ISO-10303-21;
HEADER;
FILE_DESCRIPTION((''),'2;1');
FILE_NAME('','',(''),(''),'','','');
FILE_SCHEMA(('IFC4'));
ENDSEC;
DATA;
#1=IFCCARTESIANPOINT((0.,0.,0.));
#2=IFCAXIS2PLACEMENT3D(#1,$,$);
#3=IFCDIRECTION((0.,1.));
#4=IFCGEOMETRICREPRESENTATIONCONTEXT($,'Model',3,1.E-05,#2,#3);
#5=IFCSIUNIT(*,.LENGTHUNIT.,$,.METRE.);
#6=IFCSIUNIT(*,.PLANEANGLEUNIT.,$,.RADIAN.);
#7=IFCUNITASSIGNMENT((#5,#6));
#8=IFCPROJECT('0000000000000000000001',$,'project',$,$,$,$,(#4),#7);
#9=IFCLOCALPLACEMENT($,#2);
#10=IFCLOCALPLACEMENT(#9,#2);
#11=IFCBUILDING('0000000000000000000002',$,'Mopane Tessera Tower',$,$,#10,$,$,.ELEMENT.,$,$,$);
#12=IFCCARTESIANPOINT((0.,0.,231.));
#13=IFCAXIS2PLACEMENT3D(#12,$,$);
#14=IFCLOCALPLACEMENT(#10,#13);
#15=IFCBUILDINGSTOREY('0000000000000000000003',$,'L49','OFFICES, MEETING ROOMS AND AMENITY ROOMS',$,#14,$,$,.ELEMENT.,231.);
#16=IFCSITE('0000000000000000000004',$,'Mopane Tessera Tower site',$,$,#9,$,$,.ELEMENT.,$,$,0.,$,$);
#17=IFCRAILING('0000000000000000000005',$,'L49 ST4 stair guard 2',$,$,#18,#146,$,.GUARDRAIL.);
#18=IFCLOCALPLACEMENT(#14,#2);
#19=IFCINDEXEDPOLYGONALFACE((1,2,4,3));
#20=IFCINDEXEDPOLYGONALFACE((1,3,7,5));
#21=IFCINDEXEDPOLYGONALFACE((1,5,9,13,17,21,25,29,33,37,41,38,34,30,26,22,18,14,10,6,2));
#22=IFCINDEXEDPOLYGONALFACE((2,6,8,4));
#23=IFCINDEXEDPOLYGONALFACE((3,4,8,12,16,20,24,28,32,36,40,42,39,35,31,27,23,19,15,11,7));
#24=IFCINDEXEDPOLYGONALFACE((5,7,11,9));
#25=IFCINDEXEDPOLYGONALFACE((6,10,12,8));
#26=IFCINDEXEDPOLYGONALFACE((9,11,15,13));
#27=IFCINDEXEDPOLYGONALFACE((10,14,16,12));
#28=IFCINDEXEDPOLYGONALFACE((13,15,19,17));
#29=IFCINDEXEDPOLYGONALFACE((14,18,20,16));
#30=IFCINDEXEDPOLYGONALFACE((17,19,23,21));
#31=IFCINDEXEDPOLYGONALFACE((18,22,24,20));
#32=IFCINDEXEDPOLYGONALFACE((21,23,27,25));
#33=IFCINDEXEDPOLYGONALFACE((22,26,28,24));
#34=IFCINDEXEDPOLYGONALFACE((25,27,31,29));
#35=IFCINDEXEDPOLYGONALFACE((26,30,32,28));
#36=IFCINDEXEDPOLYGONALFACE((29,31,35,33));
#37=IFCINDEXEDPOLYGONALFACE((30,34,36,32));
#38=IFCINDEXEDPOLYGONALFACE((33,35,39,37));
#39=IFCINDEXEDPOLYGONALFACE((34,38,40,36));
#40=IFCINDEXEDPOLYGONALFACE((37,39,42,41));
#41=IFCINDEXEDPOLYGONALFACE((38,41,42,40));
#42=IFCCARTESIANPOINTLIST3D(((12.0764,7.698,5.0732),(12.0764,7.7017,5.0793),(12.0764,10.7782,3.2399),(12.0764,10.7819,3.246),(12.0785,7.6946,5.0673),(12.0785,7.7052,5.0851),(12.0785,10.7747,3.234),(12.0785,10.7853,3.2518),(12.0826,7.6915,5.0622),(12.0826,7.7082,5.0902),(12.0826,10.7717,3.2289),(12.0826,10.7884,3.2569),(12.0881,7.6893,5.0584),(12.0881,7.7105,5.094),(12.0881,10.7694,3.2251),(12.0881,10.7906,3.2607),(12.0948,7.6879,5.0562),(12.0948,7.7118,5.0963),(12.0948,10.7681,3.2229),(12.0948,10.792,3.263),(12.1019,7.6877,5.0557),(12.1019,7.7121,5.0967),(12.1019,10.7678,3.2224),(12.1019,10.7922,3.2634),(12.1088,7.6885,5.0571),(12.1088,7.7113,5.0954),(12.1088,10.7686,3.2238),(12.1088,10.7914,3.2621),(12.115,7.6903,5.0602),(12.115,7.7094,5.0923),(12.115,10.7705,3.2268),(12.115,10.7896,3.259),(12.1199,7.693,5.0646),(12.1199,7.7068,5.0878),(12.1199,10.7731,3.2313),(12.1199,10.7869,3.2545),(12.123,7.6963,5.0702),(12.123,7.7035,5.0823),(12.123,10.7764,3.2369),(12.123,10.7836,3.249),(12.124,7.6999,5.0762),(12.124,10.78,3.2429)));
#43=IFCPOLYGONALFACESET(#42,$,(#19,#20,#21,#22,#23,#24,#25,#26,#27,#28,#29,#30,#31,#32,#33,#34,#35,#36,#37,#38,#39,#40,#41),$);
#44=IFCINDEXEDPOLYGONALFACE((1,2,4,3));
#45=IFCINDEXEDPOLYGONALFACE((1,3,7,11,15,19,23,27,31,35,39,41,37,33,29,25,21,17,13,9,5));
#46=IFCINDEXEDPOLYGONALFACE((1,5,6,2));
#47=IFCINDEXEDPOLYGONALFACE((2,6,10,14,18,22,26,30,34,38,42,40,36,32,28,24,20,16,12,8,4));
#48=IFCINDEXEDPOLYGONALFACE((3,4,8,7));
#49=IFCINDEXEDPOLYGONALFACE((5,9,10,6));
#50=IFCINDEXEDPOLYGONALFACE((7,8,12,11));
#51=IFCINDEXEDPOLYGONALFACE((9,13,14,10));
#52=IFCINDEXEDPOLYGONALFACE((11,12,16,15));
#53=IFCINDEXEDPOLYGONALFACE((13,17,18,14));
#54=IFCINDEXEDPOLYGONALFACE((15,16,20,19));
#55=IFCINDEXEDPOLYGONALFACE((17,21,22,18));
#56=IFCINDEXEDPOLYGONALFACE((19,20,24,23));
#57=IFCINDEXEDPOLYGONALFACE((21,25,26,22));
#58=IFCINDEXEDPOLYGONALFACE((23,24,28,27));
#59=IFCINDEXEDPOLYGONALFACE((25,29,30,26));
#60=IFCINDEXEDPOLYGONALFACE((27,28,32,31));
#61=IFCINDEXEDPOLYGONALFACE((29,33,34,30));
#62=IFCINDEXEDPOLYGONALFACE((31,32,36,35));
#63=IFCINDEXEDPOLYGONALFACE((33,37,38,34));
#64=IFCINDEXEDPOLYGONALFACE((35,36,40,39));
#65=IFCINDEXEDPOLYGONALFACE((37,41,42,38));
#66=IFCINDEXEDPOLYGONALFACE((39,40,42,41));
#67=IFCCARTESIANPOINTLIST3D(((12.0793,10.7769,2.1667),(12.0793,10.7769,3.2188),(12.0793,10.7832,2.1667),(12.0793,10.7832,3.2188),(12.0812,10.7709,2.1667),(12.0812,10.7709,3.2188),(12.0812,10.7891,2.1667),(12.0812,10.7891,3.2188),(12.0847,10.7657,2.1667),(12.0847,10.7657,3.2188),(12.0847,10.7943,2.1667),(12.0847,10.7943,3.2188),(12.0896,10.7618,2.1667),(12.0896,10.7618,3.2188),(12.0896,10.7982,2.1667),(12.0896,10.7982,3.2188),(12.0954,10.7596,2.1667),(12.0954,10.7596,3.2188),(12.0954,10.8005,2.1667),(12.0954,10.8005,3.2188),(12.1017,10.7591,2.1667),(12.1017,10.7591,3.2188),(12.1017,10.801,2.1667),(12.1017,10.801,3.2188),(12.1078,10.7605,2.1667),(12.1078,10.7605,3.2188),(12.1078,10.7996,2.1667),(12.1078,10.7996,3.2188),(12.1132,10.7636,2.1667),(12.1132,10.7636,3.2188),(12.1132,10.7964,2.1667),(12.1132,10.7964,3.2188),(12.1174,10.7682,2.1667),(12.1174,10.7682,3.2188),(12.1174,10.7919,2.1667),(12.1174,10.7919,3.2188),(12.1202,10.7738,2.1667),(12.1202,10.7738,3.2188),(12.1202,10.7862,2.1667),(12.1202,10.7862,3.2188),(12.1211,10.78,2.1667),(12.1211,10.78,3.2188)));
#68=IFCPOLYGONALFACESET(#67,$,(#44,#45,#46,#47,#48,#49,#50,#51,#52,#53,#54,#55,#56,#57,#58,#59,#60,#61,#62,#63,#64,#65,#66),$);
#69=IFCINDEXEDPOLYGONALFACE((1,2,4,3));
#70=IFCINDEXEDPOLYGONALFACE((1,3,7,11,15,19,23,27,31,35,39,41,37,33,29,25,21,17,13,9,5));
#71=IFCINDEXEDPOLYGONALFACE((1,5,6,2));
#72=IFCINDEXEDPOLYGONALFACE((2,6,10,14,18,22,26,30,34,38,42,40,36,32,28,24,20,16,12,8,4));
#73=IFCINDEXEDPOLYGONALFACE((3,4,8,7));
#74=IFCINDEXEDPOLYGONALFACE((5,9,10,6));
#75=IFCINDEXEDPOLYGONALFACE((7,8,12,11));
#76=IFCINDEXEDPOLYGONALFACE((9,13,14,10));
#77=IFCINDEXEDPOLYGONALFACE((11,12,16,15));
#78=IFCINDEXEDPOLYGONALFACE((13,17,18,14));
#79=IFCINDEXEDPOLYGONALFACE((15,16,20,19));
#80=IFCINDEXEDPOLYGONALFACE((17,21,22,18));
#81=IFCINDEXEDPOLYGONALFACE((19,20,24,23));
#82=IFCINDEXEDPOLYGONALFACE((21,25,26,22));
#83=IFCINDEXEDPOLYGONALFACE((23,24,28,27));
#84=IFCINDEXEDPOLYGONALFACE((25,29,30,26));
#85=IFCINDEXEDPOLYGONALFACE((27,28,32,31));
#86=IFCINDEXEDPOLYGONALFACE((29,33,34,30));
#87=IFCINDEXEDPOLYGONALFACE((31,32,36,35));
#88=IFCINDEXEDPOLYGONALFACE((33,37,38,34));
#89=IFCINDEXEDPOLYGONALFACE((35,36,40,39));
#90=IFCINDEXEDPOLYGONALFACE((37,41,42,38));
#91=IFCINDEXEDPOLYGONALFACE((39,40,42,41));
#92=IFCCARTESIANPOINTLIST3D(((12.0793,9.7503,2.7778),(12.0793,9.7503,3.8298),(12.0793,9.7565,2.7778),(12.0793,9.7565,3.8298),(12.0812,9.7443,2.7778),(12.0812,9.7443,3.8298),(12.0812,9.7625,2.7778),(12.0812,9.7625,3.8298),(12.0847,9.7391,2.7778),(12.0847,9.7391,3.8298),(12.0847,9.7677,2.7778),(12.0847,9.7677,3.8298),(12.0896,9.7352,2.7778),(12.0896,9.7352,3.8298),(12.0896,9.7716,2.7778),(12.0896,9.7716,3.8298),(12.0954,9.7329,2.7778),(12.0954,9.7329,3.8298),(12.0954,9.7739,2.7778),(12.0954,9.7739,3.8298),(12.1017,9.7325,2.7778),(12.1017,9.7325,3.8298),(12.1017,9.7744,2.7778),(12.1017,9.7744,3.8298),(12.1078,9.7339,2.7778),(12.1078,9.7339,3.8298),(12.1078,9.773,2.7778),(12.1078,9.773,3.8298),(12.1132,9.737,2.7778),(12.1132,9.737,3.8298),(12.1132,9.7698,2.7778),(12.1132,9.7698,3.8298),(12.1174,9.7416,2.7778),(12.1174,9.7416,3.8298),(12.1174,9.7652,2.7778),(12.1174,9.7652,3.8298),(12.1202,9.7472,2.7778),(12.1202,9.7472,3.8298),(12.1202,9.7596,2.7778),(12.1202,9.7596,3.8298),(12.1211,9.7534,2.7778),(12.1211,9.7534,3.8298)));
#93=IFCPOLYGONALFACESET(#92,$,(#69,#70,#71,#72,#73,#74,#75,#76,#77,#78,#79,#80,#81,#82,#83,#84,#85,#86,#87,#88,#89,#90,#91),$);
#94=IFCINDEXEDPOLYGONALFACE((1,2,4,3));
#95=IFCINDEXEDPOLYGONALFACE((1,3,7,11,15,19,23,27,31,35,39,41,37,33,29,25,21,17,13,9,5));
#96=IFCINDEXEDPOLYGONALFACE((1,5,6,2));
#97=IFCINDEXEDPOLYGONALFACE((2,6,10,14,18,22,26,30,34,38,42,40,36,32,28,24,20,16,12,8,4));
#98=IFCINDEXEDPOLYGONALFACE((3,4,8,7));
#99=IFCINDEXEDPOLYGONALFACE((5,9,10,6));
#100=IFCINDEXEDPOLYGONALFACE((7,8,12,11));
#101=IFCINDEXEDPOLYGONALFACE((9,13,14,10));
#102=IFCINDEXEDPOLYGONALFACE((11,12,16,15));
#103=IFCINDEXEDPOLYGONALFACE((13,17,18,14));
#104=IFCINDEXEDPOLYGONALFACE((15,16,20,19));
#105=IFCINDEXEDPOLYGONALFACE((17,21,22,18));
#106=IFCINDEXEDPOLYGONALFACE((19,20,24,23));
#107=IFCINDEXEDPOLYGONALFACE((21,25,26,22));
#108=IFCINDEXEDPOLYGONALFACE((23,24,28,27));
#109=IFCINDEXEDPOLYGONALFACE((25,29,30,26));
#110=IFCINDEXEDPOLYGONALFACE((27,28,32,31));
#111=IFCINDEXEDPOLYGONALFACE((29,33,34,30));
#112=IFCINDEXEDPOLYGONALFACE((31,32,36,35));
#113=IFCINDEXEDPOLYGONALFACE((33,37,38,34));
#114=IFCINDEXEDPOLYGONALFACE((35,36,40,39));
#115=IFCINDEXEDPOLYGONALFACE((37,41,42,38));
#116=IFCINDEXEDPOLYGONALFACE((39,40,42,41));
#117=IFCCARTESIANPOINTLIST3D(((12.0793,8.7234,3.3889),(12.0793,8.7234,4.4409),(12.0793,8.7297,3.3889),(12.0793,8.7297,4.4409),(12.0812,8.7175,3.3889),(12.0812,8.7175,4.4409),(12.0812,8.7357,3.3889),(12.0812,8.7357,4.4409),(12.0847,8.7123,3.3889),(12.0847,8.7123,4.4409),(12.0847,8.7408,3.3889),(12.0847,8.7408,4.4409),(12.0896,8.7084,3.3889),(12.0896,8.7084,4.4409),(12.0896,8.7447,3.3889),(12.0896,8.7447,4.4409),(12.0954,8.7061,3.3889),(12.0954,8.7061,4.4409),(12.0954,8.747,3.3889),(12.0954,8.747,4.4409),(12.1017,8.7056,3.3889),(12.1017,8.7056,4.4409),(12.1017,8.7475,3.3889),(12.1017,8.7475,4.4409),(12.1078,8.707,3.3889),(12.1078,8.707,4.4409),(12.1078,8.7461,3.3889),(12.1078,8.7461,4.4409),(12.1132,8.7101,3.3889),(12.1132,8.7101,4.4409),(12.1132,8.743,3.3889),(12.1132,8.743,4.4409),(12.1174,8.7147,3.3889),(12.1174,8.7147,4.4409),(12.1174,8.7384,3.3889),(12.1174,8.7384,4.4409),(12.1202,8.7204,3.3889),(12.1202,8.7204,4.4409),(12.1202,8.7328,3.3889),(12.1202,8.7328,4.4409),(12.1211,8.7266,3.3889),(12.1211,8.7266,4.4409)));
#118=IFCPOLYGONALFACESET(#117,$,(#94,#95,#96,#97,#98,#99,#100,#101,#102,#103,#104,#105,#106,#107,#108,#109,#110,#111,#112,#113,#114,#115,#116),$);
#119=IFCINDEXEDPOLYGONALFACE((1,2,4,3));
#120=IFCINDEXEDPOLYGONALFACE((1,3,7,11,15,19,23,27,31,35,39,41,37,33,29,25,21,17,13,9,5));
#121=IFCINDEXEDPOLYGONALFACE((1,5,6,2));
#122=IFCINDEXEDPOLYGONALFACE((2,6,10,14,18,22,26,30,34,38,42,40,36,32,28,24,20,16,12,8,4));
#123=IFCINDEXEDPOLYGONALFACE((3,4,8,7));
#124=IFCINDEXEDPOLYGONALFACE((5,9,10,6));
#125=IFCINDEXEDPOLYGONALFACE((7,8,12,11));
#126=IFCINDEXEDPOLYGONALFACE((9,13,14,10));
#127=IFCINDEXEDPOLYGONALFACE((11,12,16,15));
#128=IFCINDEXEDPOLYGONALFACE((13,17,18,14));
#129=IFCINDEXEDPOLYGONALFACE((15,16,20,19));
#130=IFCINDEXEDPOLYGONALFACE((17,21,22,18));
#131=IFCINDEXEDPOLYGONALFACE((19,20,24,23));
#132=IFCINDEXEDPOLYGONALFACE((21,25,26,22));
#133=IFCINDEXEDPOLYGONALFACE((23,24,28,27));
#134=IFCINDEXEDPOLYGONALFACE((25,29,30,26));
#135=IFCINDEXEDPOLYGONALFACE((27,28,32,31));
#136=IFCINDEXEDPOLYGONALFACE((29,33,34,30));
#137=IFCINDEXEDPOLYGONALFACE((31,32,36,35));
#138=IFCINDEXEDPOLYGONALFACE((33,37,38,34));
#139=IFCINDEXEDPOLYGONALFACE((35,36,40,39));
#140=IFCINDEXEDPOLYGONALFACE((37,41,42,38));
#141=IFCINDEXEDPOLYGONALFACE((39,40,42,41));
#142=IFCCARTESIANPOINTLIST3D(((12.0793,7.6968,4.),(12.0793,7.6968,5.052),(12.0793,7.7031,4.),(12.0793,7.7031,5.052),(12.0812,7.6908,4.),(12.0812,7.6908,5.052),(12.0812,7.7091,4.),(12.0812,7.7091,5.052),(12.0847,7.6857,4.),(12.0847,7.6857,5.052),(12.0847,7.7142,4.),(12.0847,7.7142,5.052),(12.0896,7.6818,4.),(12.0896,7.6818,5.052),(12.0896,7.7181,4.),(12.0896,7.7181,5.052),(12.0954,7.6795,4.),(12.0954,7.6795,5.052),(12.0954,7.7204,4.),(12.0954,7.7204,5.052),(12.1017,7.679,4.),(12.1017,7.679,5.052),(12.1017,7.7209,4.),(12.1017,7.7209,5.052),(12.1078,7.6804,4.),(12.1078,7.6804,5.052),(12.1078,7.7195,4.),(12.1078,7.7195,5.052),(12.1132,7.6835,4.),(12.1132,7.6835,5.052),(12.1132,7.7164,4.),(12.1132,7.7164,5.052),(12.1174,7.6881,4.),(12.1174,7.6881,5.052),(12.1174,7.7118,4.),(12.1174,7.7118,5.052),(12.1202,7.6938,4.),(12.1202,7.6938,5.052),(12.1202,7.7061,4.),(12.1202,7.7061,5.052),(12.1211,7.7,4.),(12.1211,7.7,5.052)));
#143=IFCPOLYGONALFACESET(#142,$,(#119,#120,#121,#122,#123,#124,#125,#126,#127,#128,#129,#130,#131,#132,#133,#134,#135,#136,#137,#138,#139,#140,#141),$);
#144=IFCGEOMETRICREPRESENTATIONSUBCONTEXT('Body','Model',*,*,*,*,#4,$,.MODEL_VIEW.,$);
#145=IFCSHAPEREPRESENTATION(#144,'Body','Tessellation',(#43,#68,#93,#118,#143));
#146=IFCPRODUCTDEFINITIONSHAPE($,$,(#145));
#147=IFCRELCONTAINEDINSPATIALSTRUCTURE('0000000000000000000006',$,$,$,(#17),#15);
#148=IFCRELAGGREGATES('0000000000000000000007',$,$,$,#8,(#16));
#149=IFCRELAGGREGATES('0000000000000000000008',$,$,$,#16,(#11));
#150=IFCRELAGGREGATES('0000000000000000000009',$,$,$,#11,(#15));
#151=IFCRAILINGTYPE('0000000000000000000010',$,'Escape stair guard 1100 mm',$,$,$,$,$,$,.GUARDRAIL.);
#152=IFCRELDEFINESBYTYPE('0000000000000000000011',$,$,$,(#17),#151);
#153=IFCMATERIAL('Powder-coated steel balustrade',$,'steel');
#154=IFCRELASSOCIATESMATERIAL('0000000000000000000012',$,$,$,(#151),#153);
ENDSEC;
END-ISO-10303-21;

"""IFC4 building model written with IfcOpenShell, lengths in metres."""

from ifc_helpers import new_model, si_unit, direction, frame, origin, origin_2d, place, context, subcontext, project, spatial, circle, extrude, material, type_object, element, save


model = new_model("IFC4")

# Units and contexts
model_context = context("Model", 3, precision=1e-05, world=origin(), true_north=direction((0.0, 1.0)))
body_context = subcontext(model_context, "Body", "Model", "MODEL_VIEW")
ifc_project = project(units=[si_unit("LENGTHUNIT", "METRE"), si_unit("PLANEANGLEUNIT", "RADIAN")], contexts=[model_context])

# Site, building, storey
site_placement = place(None, origin())
site = spatial("IfcSite", under=ifc_project, at=site_placement, Name="Mopane Tessera Tower site", CompositionType="ELEMENT", RefElevation=0.0)
building_placement = place(site_placement, origin())
building = spatial("IfcBuilding", under=site, at=building_placement, Name="Mopane Tessera Tower", CompositionType="ELEMENT")
storey_placement = place(building_placement, frame((0.0, 0.0, 231.0)))
storey = spatial("IfcBuildingStorey", under=building, at=storey_placement, Name="L49", Description="OFFICES, MEETING ROOMS AND AMENITY ROOMS", CompositionType="ELEMENT", Elevation=231.0)

# Railing
ifc_material_1 = material(Name="Powder-coated steel balustrade", Category="steel")
railing_type_1 = type_object("IfcRailingType", Name="Escape stair guard 1100 mm", PredefinedType="GUARDRAIL", material=ifc_material_1)
railing_1_placement = place(storey_placement, frame((12.1001, 10.78, 2.1667)))
element("IfcRailing", 1, at=railing_1_placement, inside=storey, type_object=railing_type_1, Name="L49 ST4 stair guard 2", PredefinedType="GUARDRAIL", context=body_context, shape_type="SweptSolid", body=[
    extrude(circle(Radius=0.0239, at=origin_2d()), frame((0.0, 0.0, 1.0762), z_axis=(0.0, -0.859309, 0.511458), x_axis=(1.0, 0.0, 0.0)), (0.0, 0.0, 1.0), 3.5845),
    extrude(circle(Radius=0.021, at=origin_2d()), origin(), (0.0, 0.0, 1.0), 1.052),
    extrude(circle(Radius=0.021, at=origin_2d()), frame((0.0, -1.0266, 0.6111)), (0.0, 0.0, 1.0), 1.052),
    extrude(circle(Radius=0.021, at=origin_2d()), frame((0.0, -2.0535, 1.2222)), (0.0, 0.0, 1.0), 1.052),
    extrude(circle(Radius=0.021, at=origin_2d()), frame((0.0, -3.0801, 1.8333)), (0.0, 0.0, 1.0), 1.052),
])

save(model, "model.ifc")
